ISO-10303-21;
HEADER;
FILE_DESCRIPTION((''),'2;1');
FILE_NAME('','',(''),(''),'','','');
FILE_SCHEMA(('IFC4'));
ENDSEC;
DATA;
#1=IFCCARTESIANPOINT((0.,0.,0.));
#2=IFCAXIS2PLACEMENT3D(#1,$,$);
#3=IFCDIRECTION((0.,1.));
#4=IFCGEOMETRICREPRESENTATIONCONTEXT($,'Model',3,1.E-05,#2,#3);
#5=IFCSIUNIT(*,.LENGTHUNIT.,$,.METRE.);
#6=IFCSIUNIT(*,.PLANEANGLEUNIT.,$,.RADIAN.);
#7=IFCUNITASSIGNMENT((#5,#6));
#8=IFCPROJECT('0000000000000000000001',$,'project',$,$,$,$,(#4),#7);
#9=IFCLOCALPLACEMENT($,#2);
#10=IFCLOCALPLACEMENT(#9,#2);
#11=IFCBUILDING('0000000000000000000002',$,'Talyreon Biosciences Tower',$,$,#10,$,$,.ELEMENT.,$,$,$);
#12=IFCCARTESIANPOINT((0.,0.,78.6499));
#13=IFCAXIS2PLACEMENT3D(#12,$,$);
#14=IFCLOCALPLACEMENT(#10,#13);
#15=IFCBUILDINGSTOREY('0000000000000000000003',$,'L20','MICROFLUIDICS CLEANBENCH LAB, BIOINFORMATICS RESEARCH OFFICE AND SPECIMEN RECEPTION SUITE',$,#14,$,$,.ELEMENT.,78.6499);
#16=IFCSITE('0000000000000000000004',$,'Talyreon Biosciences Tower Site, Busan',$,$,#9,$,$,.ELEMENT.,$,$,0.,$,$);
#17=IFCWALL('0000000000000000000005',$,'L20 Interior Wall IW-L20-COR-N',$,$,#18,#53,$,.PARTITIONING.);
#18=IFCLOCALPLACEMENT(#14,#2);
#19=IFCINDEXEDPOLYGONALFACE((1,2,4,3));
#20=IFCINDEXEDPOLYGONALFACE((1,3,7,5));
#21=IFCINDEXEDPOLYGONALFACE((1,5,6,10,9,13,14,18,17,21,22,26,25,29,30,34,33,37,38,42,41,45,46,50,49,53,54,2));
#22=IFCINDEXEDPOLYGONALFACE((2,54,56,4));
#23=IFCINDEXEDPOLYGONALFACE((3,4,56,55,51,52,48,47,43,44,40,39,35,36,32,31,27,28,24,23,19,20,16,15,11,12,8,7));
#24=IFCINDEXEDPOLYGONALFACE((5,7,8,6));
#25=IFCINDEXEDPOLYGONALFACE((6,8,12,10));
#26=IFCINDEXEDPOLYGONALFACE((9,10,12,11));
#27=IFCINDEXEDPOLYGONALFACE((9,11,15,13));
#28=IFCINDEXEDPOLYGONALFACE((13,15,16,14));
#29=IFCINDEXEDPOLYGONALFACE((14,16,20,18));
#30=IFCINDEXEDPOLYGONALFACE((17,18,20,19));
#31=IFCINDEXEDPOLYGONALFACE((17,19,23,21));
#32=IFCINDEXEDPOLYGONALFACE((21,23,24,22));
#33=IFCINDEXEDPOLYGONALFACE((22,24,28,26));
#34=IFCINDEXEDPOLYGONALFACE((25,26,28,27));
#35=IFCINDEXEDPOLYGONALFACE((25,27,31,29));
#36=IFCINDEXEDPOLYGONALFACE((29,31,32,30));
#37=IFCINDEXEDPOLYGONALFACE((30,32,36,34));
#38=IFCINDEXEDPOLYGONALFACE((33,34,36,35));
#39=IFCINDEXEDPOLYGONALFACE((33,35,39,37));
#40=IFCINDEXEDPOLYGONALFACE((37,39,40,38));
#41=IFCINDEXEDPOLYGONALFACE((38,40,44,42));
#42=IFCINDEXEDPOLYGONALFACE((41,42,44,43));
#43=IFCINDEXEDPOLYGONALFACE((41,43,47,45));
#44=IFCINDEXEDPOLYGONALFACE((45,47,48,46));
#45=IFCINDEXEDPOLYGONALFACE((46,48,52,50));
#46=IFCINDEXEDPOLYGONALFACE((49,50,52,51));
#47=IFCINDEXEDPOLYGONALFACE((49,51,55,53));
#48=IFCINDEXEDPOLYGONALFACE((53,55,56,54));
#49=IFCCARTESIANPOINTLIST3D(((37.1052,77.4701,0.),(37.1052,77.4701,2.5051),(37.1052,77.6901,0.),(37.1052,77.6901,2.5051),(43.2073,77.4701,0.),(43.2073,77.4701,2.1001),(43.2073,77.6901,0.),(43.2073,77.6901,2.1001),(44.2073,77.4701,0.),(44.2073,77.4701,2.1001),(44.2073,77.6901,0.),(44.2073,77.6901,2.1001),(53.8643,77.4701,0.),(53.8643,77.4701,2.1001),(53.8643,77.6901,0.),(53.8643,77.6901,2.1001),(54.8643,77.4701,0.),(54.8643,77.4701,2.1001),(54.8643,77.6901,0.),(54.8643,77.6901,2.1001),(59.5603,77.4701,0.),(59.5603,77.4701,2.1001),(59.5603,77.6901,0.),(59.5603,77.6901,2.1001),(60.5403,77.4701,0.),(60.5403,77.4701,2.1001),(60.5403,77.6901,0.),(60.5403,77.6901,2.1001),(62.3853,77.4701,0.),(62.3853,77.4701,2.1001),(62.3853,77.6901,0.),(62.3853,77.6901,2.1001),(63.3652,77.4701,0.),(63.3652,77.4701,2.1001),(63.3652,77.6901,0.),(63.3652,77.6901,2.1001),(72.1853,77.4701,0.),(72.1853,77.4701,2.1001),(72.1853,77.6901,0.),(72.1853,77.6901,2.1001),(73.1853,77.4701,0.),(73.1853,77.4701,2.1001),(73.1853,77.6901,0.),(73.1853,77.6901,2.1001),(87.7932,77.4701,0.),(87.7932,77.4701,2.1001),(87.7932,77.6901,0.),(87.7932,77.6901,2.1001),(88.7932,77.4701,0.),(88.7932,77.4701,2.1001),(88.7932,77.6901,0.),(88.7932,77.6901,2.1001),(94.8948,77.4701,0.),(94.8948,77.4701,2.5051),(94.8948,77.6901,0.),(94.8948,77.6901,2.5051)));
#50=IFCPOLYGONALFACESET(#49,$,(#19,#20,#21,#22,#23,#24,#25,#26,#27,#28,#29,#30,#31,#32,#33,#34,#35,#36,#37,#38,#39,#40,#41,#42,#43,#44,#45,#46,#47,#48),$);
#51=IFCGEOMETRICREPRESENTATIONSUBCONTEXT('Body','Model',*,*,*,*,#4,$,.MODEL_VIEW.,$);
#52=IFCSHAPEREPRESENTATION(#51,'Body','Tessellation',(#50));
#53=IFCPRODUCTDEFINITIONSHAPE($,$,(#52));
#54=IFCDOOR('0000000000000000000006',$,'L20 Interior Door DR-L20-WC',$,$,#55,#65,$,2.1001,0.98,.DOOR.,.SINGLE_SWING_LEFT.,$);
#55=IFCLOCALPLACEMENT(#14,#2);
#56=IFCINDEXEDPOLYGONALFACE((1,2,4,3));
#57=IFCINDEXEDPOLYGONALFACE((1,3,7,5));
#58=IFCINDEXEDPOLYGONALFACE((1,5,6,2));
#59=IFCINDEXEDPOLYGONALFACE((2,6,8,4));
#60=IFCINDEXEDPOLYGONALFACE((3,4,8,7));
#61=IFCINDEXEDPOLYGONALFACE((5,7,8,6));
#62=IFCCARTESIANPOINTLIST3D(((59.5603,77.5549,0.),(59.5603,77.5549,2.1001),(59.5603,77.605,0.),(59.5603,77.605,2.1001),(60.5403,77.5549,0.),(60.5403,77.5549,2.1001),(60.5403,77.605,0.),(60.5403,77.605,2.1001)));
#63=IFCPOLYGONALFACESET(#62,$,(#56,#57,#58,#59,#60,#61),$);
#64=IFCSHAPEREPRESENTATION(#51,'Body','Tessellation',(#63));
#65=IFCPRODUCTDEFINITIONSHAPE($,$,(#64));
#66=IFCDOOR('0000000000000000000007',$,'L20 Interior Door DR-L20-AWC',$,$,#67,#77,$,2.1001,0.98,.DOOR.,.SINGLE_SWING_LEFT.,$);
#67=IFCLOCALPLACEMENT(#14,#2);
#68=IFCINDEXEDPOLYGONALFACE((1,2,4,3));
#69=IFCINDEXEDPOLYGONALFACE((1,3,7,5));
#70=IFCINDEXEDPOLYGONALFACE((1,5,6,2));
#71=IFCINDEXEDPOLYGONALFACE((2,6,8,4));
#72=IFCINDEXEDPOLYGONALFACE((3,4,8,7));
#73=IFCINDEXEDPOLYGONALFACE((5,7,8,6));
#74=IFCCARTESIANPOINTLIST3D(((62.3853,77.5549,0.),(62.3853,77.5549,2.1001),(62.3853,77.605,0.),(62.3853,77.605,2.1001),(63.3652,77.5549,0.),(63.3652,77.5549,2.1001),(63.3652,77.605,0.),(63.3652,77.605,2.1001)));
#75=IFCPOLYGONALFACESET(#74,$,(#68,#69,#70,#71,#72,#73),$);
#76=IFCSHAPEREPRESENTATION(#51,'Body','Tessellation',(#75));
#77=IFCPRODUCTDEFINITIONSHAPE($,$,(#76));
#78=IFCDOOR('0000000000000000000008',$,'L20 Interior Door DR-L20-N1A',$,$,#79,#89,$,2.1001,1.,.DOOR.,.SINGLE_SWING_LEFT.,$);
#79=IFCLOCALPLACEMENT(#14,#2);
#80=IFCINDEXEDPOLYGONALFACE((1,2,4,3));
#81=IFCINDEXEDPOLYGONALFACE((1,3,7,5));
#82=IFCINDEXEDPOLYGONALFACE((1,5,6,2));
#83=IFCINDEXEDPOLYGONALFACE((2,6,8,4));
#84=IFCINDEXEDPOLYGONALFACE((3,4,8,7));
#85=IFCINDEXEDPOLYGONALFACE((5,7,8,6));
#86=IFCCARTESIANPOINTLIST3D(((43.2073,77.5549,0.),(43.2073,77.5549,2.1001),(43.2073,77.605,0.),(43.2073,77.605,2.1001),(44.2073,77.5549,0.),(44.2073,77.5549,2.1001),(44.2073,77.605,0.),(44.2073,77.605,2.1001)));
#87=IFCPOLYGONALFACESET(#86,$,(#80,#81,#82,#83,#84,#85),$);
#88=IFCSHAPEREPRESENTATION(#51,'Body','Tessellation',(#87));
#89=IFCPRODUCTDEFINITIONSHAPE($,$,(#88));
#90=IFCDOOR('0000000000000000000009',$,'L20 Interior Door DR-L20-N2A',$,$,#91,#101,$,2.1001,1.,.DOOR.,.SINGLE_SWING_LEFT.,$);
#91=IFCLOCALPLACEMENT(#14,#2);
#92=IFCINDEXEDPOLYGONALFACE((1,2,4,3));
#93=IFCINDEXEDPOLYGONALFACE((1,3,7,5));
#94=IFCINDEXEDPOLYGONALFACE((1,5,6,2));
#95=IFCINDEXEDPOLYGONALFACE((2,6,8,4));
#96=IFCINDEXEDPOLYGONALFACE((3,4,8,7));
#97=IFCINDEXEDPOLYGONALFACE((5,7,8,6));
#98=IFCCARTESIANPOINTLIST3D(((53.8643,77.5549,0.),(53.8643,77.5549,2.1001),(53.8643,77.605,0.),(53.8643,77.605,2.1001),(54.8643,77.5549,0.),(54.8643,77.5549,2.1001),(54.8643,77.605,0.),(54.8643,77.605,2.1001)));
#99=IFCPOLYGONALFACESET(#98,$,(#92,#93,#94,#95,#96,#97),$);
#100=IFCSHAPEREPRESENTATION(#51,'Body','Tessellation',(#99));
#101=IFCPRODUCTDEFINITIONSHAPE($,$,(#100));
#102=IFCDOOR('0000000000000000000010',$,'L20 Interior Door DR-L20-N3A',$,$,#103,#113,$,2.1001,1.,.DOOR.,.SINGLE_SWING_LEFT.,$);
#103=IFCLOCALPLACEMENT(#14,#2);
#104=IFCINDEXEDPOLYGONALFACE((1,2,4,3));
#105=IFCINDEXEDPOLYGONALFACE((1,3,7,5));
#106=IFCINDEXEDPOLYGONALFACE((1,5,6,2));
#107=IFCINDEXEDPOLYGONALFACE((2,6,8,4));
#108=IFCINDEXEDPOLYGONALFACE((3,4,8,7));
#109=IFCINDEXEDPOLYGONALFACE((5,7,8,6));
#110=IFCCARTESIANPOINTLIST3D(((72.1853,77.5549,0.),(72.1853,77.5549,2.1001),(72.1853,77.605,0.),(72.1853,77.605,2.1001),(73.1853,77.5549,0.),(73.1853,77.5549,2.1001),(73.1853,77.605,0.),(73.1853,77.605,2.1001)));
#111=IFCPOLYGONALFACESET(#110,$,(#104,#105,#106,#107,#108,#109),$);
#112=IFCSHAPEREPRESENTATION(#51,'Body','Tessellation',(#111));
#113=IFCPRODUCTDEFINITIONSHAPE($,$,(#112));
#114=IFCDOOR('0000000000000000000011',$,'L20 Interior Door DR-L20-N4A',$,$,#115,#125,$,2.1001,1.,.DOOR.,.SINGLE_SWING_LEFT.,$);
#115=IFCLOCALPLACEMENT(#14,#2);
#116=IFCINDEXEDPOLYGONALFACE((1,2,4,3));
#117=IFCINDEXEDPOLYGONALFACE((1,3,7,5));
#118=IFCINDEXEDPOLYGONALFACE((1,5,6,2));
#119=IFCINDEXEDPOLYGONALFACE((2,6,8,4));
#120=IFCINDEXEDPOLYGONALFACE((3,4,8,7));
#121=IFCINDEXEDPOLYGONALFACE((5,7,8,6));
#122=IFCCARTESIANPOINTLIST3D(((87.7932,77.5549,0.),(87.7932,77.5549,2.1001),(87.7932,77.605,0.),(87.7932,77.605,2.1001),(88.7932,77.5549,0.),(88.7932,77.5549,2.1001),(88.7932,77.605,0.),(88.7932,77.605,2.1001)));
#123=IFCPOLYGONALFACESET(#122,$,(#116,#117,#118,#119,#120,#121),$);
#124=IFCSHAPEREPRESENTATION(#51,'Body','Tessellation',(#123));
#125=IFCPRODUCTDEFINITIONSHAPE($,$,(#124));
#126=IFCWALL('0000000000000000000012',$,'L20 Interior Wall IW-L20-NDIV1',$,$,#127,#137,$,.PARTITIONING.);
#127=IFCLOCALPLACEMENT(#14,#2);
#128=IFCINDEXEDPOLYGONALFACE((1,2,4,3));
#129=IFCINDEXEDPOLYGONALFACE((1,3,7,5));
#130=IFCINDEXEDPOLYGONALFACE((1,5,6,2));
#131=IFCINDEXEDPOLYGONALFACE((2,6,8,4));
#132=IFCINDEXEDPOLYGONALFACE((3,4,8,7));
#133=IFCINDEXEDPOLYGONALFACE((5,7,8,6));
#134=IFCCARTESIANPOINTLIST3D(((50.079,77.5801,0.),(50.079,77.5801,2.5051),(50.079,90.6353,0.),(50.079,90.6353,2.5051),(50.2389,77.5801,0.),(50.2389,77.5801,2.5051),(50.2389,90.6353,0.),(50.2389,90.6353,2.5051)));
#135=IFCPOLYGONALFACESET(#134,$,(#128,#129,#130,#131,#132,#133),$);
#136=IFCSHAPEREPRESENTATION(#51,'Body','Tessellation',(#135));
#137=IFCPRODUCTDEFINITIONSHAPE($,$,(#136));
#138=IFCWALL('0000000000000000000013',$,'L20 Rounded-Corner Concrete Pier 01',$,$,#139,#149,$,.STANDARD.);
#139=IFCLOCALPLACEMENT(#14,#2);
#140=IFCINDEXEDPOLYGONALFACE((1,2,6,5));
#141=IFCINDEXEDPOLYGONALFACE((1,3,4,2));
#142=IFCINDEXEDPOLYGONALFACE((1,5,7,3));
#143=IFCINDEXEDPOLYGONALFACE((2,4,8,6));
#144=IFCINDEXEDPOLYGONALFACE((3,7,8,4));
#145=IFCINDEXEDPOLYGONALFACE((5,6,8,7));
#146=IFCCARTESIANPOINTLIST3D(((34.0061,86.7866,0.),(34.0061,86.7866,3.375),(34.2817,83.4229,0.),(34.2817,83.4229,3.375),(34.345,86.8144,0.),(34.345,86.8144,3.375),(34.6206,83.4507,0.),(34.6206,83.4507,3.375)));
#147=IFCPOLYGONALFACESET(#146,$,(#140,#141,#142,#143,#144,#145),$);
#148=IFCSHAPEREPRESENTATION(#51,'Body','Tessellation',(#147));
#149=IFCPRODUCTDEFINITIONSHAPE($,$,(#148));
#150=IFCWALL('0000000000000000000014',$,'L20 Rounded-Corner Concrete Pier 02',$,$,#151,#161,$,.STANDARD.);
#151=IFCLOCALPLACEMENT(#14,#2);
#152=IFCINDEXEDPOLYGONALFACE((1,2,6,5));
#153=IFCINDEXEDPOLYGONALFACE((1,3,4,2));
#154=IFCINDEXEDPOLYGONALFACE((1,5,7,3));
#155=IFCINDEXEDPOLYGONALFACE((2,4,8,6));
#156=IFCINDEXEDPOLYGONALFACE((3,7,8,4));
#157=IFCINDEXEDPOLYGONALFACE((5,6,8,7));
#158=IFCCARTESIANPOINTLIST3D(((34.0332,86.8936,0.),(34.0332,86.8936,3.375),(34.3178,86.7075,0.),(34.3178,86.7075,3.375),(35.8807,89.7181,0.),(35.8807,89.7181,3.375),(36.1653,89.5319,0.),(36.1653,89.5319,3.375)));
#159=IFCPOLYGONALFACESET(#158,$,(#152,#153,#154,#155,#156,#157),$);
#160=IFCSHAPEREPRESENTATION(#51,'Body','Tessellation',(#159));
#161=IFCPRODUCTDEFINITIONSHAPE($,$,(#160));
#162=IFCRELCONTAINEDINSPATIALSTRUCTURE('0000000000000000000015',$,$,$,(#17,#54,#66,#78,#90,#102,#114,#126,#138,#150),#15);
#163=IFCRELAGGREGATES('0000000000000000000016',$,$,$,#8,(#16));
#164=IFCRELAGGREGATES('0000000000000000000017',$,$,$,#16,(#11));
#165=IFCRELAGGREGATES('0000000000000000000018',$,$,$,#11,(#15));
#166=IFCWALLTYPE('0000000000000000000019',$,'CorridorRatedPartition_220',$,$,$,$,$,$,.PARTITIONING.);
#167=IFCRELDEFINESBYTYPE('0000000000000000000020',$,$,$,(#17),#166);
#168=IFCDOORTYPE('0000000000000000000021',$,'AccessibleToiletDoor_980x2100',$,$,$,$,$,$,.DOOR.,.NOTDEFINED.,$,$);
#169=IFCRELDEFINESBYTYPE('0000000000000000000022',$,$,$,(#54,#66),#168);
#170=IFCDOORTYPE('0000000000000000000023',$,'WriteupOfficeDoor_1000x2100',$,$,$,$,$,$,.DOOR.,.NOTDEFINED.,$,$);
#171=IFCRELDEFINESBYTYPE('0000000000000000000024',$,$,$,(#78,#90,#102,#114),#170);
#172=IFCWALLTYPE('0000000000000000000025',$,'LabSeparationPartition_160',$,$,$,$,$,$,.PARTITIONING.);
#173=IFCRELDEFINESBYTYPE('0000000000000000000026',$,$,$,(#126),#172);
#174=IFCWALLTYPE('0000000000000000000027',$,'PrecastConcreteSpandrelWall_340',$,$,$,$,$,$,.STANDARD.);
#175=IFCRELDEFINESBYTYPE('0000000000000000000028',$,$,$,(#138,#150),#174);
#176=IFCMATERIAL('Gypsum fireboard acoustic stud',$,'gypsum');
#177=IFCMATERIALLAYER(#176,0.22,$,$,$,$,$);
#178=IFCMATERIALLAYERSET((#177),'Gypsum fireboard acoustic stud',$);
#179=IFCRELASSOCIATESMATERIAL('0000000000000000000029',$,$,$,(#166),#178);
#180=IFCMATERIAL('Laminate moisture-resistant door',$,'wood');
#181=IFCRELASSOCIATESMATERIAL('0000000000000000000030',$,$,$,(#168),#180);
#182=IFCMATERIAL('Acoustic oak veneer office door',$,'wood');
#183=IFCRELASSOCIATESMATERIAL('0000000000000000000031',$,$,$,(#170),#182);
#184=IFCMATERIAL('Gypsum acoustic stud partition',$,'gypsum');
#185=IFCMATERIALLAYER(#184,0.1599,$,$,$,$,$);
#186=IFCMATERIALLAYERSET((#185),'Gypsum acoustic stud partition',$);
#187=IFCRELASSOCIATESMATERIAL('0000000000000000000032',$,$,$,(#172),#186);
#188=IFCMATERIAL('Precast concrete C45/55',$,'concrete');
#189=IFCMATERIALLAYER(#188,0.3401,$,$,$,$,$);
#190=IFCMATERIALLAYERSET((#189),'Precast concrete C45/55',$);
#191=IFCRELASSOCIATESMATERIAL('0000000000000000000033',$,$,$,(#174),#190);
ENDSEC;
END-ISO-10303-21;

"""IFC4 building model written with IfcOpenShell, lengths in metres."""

from ifc_helpers import new_model, si_unit, direction, frame, frame_2d, origin, place, context, subcontext, project, spatial, rectangle, extrude, material, layer, layer_set, type_object, element, fill, save


model = new_model("IFC4")

# Units and contexts
model_context = context("Model", 3, precision=1e-05, world=origin(), true_north=direction((0.0, 1.0)))
body_context = subcontext(model_context, "Body", "Model", "MODEL_VIEW")
ifc_project = project(units=[si_unit("LENGTHUNIT", "METRE"), si_unit("PLANEANGLEUNIT", "RADIAN")], contexts=[model_context])

# Site, building, storey
site_placement = place(None, origin())
site = spatial("IfcSite", under=ifc_project, at=site_placement, Name="Talyreon Biosciences Tower Site, Busan", CompositionType="ELEMENT", RefElevation=0.0)
building_placement = place(site_placement, origin())
building = spatial("IfcBuilding", under=site, at=building_placement, Name="Talyreon Biosciences Tower", CompositionType="ELEMENT")
storey_placement = place(building_placement, frame((0.0, 0.0, 78.6499)))
storey = spatial("IfcBuildingStorey", under=building, at=storey_placement, Name="L20", Description="MICROFLUIDICS CLEANBENCH LAB, BIOINFORMATICS RESEARCH OFFICE AND SPECIMEN RECEPTION SUITE", CompositionType="ELEMENT", Elevation=78.6499)

# Shared definitions
ifc_material_1 = material(Name="Precast concrete C45/55", Category="concrete")

# Wall, openings, doors
ifc_material_2 = material(Name="Gypsum fireboard acoustic stud", Category="gypsum")
ifc_layer_1 = layer(ifc_material_2, 0.22)
ifc_layer_set_1 = layer_set([ifc_layer_1], Name="Gypsum fireboard acoustic stud")
wall_type_1 = type_object("IfcWallType", Name="CorridorRatedPartition_220", PredefinedType="PARTITIONING", material=ifc_layer_set_1)
wall_1_placement = place(storey_placement, frame((37.1052, 77.5801, 0.0), z_axis=(0.0, 0.0, 1.0), x_axis=(1.0, 0.0, 0.0)))
wall_1 = element("IfcWall", 1, at=wall_1_placement, inside=storey, type_object=wall_type_1, Name="L20 Interior Wall IW-L20-COR-N", PredefinedType="PARTITIONING", context=body_context, shape_type="SweptSolid", body=[
    extrude(rectangle(XDim=57.7896, YDim=0.22, at=frame_2d((28.8948, 0.0))), origin(), (0.0, 0.0, 1.0), 2.5051),
])
opening_1_placement = place(wall_1_placement, frame((22.4551, 0.0, 0.0)))
opening_1 = element("IfcOpeningElement", 2, at=opening_1_placement, cuts=wall_1, PredefinedType="OPENING", context=body_context, shape_type="SweptSolid", body=[
    extrude(rectangle(XDim=0.98, YDim=2.1001, at=frame_2d((0.49, 1.05))), frame((0.0, 0.1199, 0.0), z_axis=(0.0, -1.0, 0.0), x_axis=(1.0, 0.0, 0.0)), (0.0, 0.0, 1.0), 0.24),
])
opening_2_placement = place(wall_1_placement, frame((25.28, 0.0, 0.0)))
opening_2 = element("IfcOpeningElement", 3, at=opening_2_placement, cuts=wall_1, PredefinedType="OPENING", context=body_context, shape_type="SweptSolid", body=[
    extrude(rectangle(XDim=0.98, YDim=2.1001, at=frame_2d((0.49, 1.05))), frame((0.0, 0.1199, 0.0), z_axis=(0.0, -1.0, 0.0), x_axis=(1.0, 0.0, 0.0)), (0.0, 0.0, 1.0), 0.24),
])
opening_3_placement = place(wall_1_placement, frame((6.1021, 0.0, 0.0)))
opening_3 = element("IfcOpeningElement", 4, at=opening_3_placement, cuts=wall_1, PredefinedType="OPENING", context=body_context, shape_type="SweptSolid", body=[
    extrude(rectangle(XDim=1.0, YDim=2.1001, at=frame_2d((0.5, 1.05))), frame((0.0, 0.1199, 0.0), z_axis=(0.0, -1.0, 0.0), x_axis=(1.0, 0.0, 0.0)), (0.0, 0.0, 1.0), 0.24),
])
opening_4_placement = place(wall_1_placement, frame((16.759, 0.0, 0.0)))
opening_4 = element("IfcOpeningElement", 5, at=opening_4_placement, cuts=wall_1, PredefinedType="OPENING", context=body_context, shape_type="SweptSolid", body=[
    extrude(rectangle(XDim=1.0, YDim=2.1001, at=frame_2d((0.5, 1.05))), frame((0.0, 0.1199, 0.0), z_axis=(0.0, -1.0, 0.0), x_axis=(1.0, 0.0, 0.0)), (0.0, 0.0, 1.0), 0.24),
])
opening_5_placement = place(wall_1_placement, frame((35.0801, 0.0, 0.0)))
opening_5 = element("IfcOpeningElement", 6, at=opening_5_placement, cuts=wall_1, PredefinedType="OPENING", context=body_context, shape_type="SweptSolid", body=[
    extrude(rectangle(XDim=1.0, YDim=2.1001, at=frame_2d((0.5, 1.05))), frame((0.0, 0.1199, 0.0), z_axis=(0.0, -1.0, 0.0), x_axis=(1.0, 0.0, 0.0)), (0.0, 0.0, 1.0), 0.24),
])
opening_6_placement = place(wall_1_placement, frame((50.688, 0.0, 0.0)))
opening_6 = element("IfcOpeningElement", 7, at=opening_6_placement, cuts=wall_1, PredefinedType="OPENING", context=body_context, shape_type="SweptSolid", body=[
    extrude(rectangle(XDim=1.0, YDim=2.1001, at=frame_2d((0.5, 1.05))), frame((0.0, 0.1199, 0.0), z_axis=(0.0, -1.0, 0.0), x_axis=(1.0, 0.0, 0.0)), (0.0, 0.0, 1.0), 0.24),
])
ifc_material_3 = material(Name="Laminate moisture-resistant door", Category="wood")
door_type_1 = type_object("IfcDoorType", Name="AccessibleToiletDoor_980x2100", OperationType="NOTDEFINED", PredefinedType="DOOR", material=ifc_material_3)
door_1_placement = place(opening_1_placement, origin())
door_1 = element("IfcDoor", 8, at=door_1_placement, inside=storey, type_object=door_type_1, Name="L20 Interior Door DR-L20-WC", OperationType="SINGLE_SWING_LEFT", OverallHeight=2.1001, OverallWidth=0.98, PredefinedType="DOOR", context=body_context, shape_type="SweptSolid", body=[
    extrude(rectangle(XDim=0.98, YDim=2.1001, at=frame_2d((0.49, 1.05))), frame((0.0, 0.0249, 0.0), z_axis=(0.0, -1.0, 0.0), x_axis=(1.0, 0.0, 0.0)), (0.0, 0.0, 1.0), 0.05),
])
fill(opening_1, door_1)
door_2_placement = place(opening_2_placement, origin())
door_2 = element("IfcDoor", 9, at=door_2_placement, inside=storey, type_object=door_type_1, Name="L20 Interior Door DR-L20-AWC", OperationType="SINGLE_SWING_LEFT", OverallHeight=2.1001, OverallWidth=0.98, PredefinedType="DOOR", context=body_context, shape_type="SweptSolid", body=[
    extrude(rectangle(XDim=0.98, YDim=2.1001, at=frame_2d((0.49, 1.05))), frame((0.0, 0.0249, 0.0), z_axis=(0.0, -1.0, 0.0), x_axis=(1.0, 0.0, 0.0)), (0.0, 0.0, 1.0), 0.05),
])
fill(opening_2, door_2)
ifc_material_4 = material(Name="Acoustic oak veneer office door", Category="wood")
door_type_2 = type_object("IfcDoorType", Name="WriteupOfficeDoor_1000x2100", OperationType="NOTDEFINED", PredefinedType="DOOR", material=ifc_material_4)
door_3_placement = place(opening_3_placement, origin())
door_3 = element("IfcDoor", 10, at=door_3_placement, inside=storey, type_object=door_type_2, Name="L20 Interior Door DR-L20-N1A", OperationType="SINGLE_SWING_LEFT", OverallHeight=2.1001, OverallWidth=1.0, PredefinedType="DOOR", context=body_context, shape_type="SweptSolid", body=[
    extrude(rectangle(XDim=1.0, YDim=2.1001, at=frame_2d((0.5, 1.05))), frame((0.0, 0.0249, 0.0), z_axis=(0.0, -1.0, 0.0), x_axis=(1.0, 0.0, 0.0)), (0.0, 0.0, 1.0), 0.05),
])
fill(opening_3, door_3)
door_4_placement = place(opening_4_placement, origin())
door_4 = element("IfcDoor", 11, at=door_4_placement, inside=storey, type_object=door_type_2, Name="L20 Interior Door DR-L20-N2A", OperationType="SINGLE_SWING_LEFT", OverallHeight=2.1001, OverallWidth=1.0, PredefinedType="DOOR", context=body_context, shape_type="SweptSolid", body=[
    extrude(rectangle(XDim=1.0, YDim=2.1001, at=frame_2d((0.5, 1.05))), frame((0.0, 0.0249, 0.0), z_axis=(0.0, -1.0, 0.0), x_axis=(1.0, 0.0, 0.0)), (0.0, 0.0, 1.0), 0.05),
])
fill(opening_4, door_4)
door_5_placement = place(opening_5_placement, origin())
door_5 = element("IfcDoor", 12, at=door_5_placement, inside=storey, type_object=door_type_2, Name="L20 Interior Door DR-L20-N3A", OperationType="SINGLE_SWING_LEFT", OverallHeight=2.1001, OverallWidth=1.0, PredefinedType="DOOR", context=body_context, shape_type="SweptSolid", body=[
    extrude(rectangle(XDim=1.0, YDim=2.1001, at=frame_2d((0.5, 1.05))), frame((0.0, 0.0249, 0.0), z_axis=(0.0, -1.0, 0.0), x_axis=(1.0, 0.0, 0.0)), (0.0, 0.0, 1.0), 0.05),
])
fill(opening_5, door_5)
door_6_placement = place(opening_6_placement, origin())
door_6 = element("IfcDoor", 13, at=door_6_placement, inside=storey, type_object=door_type_2, Name="L20 Interior Door DR-L20-N4A", OperationType="SINGLE_SWING_LEFT", OverallHeight=2.1001, OverallWidth=1.0, PredefinedType="DOOR", context=body_context, shape_type="SweptSolid", body=[
    extrude(rectangle(XDim=1.0, YDim=2.1001, at=frame_2d((0.5, 1.05))), frame((0.0, 0.0249, 0.0), z_axis=(0.0, -1.0, 0.0), x_axis=(1.0, 0.0, 0.0)), (0.0, 0.0, 1.0), 0.05),
])
fill(opening_6, door_6)

# Walls
ifc_material_5 = material(Name="Gypsum acoustic stud partition", Category="gypsum")
ifc_layer_2 = layer(ifc_material_5, 0.1599)
ifc_layer_set_2 = layer_set([ifc_layer_2], Name="Gypsum acoustic stud partition")
wall_type_2 = type_object("IfcWallType", Name="LabSeparationPartition_160", PredefinedType="PARTITIONING", material=ifc_layer_set_2)
wall_2_placement = place(storey_placement, frame((50.1589, 77.5801, 0.0), z_axis=(0.0, 0.0, 1.0), x_axis=(0.0, 1.0, 0.0)))
element("IfcWall", 14, at=wall_2_placement, inside=storey, type_object=wall_type_2, Name="L20 Interior Wall IW-L20-NDIV1", PredefinedType="PARTITIONING", context=body_context, shape_type="SweptSolid", body=[
    extrude(rectangle(XDim=13.0552, YDim=0.1599, at=frame_2d((6.5276, 0.0))), origin(), (0.0, 0.0, 1.0), 2.5051),
])
ifc_layer_3 = layer(ifc_material_1, 0.3401)
ifc_layer_set_3 = layer_set([ifc_layer_3], Name="Precast concrete C45/55")
wall_type_3 = type_object("IfcWallType", Name="PrecastConcreteSpandrelWall_340", PredefinedType="STANDARD", material=ifc_layer_set_3)
for number, where, z_axis, x_axis, name in (
    (15, (34.4512, 83.4368, 0.0), (0.0, 0.0, 1.0), (-0.081669, 0.99666, 0.0), "L20 Rounded-Corner Concrete Pier 01"),
    (16, (34.1755, 86.8005, 0.0), (0.0, 0.0, 1.0), (0.547384, 0.836882, 0.0), "L20 Rounded-Corner Concrete Pier 02"),
):
    element("IfcWall", number, at=place(storey_placement, frame(where, z_axis=z_axis, x_axis=x_axis)), inside=storey, type_object=wall_type_3, Name=name, PredefinedType="STANDARD", context=body_context, shape_type="SweptSolid", body=[
        extrude(rectangle(XDim=3.375, YDim=0.3401, at=frame_2d((1.6875, 0.0))), origin(), (0.0, 0.0, 1.0), 3.375),
    ])

save(model, "model.ifc")
